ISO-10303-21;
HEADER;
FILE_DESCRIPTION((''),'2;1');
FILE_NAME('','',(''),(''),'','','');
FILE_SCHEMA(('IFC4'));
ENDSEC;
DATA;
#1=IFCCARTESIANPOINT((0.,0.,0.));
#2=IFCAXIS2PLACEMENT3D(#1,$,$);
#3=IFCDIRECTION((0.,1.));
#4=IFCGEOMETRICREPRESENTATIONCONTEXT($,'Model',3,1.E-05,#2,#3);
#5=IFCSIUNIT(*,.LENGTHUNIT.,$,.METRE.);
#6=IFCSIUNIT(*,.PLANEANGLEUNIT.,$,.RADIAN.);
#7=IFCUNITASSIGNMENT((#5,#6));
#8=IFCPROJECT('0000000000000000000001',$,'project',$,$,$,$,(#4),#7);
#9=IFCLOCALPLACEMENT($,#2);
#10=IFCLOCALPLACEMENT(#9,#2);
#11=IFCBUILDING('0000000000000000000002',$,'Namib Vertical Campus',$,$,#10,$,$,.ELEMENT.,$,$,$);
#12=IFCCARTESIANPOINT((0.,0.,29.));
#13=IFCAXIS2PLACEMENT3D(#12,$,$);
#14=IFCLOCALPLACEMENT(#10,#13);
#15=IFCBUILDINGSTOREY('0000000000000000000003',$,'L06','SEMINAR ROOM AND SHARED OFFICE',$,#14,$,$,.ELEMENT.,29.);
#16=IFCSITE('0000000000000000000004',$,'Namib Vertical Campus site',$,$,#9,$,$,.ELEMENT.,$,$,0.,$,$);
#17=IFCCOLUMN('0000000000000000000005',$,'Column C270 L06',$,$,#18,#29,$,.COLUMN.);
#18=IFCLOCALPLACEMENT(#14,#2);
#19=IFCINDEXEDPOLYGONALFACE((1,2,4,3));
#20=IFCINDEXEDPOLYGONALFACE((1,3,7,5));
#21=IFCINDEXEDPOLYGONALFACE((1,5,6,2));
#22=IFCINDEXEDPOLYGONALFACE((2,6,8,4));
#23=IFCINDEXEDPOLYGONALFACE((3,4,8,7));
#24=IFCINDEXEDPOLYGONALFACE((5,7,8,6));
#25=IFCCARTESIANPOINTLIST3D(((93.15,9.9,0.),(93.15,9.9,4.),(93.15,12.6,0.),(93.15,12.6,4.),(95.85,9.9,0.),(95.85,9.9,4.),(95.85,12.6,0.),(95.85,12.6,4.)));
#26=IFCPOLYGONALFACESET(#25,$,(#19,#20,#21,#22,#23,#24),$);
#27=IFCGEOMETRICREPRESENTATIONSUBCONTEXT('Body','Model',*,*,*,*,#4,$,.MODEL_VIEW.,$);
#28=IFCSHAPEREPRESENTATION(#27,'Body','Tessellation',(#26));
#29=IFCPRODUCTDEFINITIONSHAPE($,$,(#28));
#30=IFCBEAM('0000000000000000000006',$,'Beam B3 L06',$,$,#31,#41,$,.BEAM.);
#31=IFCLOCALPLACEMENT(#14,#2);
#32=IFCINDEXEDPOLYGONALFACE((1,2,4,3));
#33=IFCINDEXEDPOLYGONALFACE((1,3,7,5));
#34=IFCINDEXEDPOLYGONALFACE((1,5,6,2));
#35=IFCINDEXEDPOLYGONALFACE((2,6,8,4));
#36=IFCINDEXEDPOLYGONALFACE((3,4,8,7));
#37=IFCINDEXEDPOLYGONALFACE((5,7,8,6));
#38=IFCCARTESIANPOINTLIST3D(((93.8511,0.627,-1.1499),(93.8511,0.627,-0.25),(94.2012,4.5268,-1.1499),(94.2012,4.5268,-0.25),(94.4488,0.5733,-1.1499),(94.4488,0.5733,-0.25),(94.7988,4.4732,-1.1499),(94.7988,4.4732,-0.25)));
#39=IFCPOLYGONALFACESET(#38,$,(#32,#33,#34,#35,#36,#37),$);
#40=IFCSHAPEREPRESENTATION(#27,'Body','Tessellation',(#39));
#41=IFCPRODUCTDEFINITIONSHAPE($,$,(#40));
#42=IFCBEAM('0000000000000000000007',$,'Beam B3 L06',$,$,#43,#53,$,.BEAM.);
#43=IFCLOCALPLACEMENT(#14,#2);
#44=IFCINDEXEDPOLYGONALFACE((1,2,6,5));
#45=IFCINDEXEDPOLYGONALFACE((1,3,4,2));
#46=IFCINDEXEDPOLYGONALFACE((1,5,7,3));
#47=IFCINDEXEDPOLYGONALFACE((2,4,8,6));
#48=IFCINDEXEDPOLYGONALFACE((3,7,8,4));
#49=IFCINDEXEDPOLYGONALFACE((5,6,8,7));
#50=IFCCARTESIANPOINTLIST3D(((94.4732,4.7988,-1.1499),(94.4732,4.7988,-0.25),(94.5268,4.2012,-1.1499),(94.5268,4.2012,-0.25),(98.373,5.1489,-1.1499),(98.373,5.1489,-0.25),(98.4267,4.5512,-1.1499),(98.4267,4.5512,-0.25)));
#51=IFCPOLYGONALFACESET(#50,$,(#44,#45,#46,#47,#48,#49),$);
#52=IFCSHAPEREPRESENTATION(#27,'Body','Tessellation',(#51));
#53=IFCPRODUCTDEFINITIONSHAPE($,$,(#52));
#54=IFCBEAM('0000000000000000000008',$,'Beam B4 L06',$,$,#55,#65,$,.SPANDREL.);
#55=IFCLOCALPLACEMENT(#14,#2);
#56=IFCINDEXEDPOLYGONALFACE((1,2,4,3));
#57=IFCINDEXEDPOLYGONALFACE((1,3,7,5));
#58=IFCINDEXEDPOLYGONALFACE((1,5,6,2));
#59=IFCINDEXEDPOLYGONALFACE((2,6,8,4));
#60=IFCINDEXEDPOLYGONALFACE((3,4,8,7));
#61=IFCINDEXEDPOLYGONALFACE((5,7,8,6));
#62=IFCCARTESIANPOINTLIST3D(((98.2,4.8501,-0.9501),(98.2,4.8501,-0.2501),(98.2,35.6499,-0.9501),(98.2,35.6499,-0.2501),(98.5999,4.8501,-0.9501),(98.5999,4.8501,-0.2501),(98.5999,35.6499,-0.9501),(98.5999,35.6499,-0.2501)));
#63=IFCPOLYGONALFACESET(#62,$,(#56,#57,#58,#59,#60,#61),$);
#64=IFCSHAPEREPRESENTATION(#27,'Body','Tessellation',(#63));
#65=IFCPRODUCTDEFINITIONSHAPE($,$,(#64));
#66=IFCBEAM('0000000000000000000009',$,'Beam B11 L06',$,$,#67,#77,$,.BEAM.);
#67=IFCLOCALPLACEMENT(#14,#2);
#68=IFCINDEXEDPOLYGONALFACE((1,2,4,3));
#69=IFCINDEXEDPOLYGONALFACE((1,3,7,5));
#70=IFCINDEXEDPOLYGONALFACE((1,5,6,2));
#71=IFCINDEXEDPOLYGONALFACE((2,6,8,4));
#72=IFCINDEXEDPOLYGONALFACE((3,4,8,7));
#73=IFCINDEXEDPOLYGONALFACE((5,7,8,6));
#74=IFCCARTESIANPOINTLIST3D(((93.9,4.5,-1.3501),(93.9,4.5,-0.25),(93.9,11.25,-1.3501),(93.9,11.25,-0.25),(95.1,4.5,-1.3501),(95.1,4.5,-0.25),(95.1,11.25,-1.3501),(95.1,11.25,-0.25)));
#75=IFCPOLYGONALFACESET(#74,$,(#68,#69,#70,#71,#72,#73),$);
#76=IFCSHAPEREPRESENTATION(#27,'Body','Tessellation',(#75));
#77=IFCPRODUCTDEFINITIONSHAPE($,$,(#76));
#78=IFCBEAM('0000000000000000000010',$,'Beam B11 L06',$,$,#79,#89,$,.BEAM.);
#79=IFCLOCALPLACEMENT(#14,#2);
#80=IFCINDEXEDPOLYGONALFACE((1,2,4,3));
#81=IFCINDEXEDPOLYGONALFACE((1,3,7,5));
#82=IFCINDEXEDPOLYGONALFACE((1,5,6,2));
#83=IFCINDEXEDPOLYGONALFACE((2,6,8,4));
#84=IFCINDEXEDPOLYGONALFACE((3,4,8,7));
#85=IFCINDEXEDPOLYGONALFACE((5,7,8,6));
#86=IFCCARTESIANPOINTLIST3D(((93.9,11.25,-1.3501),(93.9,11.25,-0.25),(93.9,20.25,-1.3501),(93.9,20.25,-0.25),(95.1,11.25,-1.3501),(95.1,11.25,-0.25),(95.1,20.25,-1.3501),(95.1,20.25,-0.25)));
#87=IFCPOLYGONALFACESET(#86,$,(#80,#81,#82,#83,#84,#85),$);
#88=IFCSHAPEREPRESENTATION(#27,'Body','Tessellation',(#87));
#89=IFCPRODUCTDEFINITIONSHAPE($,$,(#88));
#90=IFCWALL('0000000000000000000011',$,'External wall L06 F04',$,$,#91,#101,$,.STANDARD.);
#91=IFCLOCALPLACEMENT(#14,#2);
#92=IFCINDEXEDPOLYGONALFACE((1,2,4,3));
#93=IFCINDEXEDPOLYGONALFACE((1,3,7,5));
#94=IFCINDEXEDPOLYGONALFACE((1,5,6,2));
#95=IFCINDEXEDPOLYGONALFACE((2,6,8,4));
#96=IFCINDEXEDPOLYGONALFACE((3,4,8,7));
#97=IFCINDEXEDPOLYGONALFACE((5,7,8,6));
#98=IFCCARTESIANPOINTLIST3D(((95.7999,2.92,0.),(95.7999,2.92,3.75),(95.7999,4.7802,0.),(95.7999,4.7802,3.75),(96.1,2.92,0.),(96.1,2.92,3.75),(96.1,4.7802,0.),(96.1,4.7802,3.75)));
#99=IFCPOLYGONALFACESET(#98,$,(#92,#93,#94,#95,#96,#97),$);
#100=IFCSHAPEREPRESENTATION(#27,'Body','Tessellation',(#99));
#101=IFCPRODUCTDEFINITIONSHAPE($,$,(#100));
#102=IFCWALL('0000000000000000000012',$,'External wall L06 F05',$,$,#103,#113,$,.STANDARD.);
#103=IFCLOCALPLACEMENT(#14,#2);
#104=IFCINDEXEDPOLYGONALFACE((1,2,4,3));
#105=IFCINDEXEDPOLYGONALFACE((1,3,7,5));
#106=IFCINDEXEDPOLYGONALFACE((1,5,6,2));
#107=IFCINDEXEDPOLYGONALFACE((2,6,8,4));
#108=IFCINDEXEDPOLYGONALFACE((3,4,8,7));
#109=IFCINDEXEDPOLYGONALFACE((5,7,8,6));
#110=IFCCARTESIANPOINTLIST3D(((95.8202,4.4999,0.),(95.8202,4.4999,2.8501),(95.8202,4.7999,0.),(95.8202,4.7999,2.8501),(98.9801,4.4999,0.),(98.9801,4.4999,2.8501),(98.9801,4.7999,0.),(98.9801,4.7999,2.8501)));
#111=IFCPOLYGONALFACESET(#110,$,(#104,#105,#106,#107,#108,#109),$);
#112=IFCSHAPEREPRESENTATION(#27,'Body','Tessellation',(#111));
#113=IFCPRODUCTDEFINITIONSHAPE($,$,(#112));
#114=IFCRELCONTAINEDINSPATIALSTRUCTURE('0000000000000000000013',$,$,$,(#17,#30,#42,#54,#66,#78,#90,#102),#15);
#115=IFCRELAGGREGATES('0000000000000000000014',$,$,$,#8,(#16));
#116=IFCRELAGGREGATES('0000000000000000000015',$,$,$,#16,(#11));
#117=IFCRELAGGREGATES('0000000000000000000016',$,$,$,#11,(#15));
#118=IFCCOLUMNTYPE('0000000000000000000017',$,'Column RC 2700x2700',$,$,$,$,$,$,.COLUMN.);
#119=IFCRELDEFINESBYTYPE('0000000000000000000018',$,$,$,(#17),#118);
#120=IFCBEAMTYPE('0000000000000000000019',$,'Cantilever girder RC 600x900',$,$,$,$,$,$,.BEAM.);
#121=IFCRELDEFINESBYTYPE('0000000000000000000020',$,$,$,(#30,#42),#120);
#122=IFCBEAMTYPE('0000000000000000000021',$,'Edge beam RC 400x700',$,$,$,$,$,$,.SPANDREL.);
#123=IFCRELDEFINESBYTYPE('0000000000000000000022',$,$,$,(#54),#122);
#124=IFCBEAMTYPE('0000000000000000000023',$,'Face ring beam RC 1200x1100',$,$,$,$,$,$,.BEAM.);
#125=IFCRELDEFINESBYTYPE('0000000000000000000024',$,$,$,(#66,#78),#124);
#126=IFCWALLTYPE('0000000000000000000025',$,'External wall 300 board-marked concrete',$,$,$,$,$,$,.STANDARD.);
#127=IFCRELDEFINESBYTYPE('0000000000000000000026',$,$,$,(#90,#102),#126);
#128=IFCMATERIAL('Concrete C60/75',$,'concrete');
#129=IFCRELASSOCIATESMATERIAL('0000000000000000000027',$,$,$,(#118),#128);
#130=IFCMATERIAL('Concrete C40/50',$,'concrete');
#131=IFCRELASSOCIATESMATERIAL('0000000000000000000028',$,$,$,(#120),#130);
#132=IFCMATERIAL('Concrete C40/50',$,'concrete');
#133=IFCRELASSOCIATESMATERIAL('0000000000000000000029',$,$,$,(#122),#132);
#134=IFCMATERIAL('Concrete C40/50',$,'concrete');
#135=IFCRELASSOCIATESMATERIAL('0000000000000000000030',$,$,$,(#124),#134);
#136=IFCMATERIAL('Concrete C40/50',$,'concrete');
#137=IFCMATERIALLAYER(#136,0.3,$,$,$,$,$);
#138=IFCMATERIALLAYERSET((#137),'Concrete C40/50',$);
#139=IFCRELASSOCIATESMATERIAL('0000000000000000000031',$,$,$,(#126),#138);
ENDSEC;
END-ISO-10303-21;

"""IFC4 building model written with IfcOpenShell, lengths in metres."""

from ifc_helpers import new_model, si_unit, direction, frame, frame_2d, origin, origin_2d, place, context, subcontext, project, spatial, rectangle, extrude, material, layer, layer_set, material_profile, profile_set, type_object, element, save


model = new_model("IFC4")

# Units and contexts
model_context = context("Model", 3, precision=1e-05, world=origin(), true_north=direction((0.0, 1.0)))
body_context = subcontext(model_context, "Body", "Model", "MODEL_VIEW")
ifc_project = project(units=[si_unit("LENGTHUNIT", "METRE"), si_unit("PLANEANGLEUNIT", "RADIAN")], contexts=[model_context])

# Site, building, storey
site_placement = place(None, origin())
site = spatial("IfcSite", under=ifc_project, at=site_placement, Name="Namib Vertical Campus site", CompositionType="ELEMENT", RefElevation=0.0)
building_placement = place(site_placement, origin())
building = spatial("IfcBuilding", under=site, at=building_placement, Name="Namib Vertical Campus", CompositionType="ELEMENT")
storey_placement = place(building_placement, frame((0.0, 0.0, 29.0)))
storey = spatial("IfcBuildingStorey", under=building, at=storey_placement, Name="L06", Description="SEMINAR ROOM AND SHARED OFFICE", CompositionType="ELEMENT", Elevation=29.0)

# Column
ifc_material_1 = material(Name="Concrete C60/75", Category="concrete")
ifc_material_profile_1 = material_profile(ifc_material_1, rectangle(XDim=2.7, YDim=2.7, at=origin_2d()))
ifc_profile_set_1 = profile_set([ifc_material_profile_1], Name="Concrete C60/75")
column_type = type_object("IfcColumnType", Name="Column RC 2700x2700", PredefinedType="COLUMN", material=ifc_profile_set_1)
column_placement = place(storey_placement, frame((94.5, 11.25, 0.0), z_axis=(0.0, 0.0, 1.0), x_axis=(1.0, 0.0, 0.0)))
element("IfcColumn", 1, at=column_placement, inside=storey, type_object=column_type, Name="Column C270 L06", PredefinedType="COLUMN", context=body_context, shape_type="SweptSolid", body=[
    extrude(rectangle(XDim=2.7, YDim=2.7, at=origin_2d()), origin(), (0.0, 0.0, 1.0), 4.0),
])

# Beams
ifc_material_2 = material(Name="Concrete C40/50", Category="concrete")
ifc_material_profile_2 = material_profile(ifc_material_2, rectangle(XDim=0.6001, YDim=0.8999, at=origin_2d()))
ifc_profile_set_2 = profile_set([ifc_material_profile_2], Name="Concrete C40/50")
beam_type_1 = type_object("IfcBeamType", Name="Cantilever girder RC 600x900", PredefinedType="BEAM", material=ifc_profile_set_2)
for number, where, z_axis, x_axis, name in (
    (2, (94.5, 4.5, -0.7), (-0.089411, -0.995995, 0.0), (0.995995, -0.089411, 0.0), "Beam B3 L06"),
    (3, (94.5, 4.5, -0.7), (0.995995, 0.089411, 0.0), (-0.089411, 0.995995, 0.0), "Beam B3 L06"),
):
    element("IfcBeam", number, at=place(storey_placement, frame(where, z_axis=z_axis, x_axis=x_axis)), inside=storey, type_object=beam_type_1, Name=name, PredefinedType="BEAM", context=body_context, shape_type="SweptSolid", body=[
        extrude(rectangle(XDim=0.6001, YDim=0.8999, at=origin_2d()), origin(), (0.0, 0.0, 1.0), 3.9155),
    ])
ifc_material_3 = material(Name="Concrete C40/50", Category="concrete")
ifc_material_profile_3 = material_profile(ifc_material_3, rectangle(XDim=0.3999, YDim=0.7, at=origin_2d()))
ifc_profile_set_3 = profile_set([ifc_material_profile_3], Name="Concrete C40/50")
beam_type_2 = type_object("IfcBeamType", Name="Edge beam RC 400x700", PredefinedType="SPANDREL", material=ifc_profile_set_3)
beam_1_placement = place(storey_placement, frame((98.3999, 4.8501, -0.6001), z_axis=(0.0, 1.0, 0.0), x_axis=(-1.0, 0.0, 0.0)))
element("IfcBeam", 4, at=beam_1_placement, inside=storey, type_object=beam_type_2, Name="Beam B4 L06", PredefinedType="SPANDREL", context=body_context, shape_type="SweptSolid", body=[
    extrude(rectangle(XDim=0.3999, YDim=0.7, at=origin_2d()), origin(), (0.0, 0.0, 1.0), 30.7998),
])
ifc_material_4 = material(Name="Concrete C40/50", Category="concrete")
ifc_material_profile_4 = material_profile(ifc_material_4, rectangle(XDim=1.2, YDim=1.1001, at=origin_2d()))
ifc_profile_set_4 = profile_set([ifc_material_profile_4], Name="Concrete C40/50")
beam_type_3 = type_object("IfcBeamType", Name="Face ring beam RC 1200x1100", PredefinedType="BEAM", material=ifc_profile_set_4)
beam_2_placement = place(storey_placement, frame((94.5, 4.5, -0.8), z_axis=(0.0, 1.0, 0.0), x_axis=(-1.0, 0.0, 0.0)))
element("IfcBeam", 5, at=beam_2_placement, inside=storey, type_object=beam_type_3, Name="Beam B11 L06", PredefinedType="BEAM", context=body_context, shape_type="SweptSolid", body=[
    extrude(rectangle(XDim=1.2, YDim=1.1001, at=origin_2d()), origin(), (0.0, 0.0, 1.0), 6.75),
])
beam_3_placement = place(storey_placement, frame((94.5, 11.25, -0.8), z_axis=(0.0, 1.0, 0.0), x_axis=(-1.0, 0.0, 0.0)))
element("IfcBeam", 6, at=beam_3_placement, inside=storey, type_object=beam_type_3, Name="Beam B11 L06", PredefinedType="BEAM", context=body_context, shape_type="SweptSolid", body=[
    extrude(rectangle(XDim=1.2, YDim=1.1001, at=origin_2d()), origin(), (0.0, 0.0, 1.0), 9.0),
])

# Walls
ifc_material_5 = material(Name="Concrete C40/50", Category="concrete")
ifc_layer_1 = layer(ifc_material_5, 0.3)
ifc_layer_set_1 = layer_set([ifc_layer_1], Name="Concrete C40/50")
wall_type = type_object("IfcWallType", Name="External wall 300 board-marked concrete", PredefinedType="STANDARD", material=ifc_layer_set_1)
wall_1_placement = place(storey_placement, frame((95.95, 2.9199, 0.0), z_axis=(0.0, 0.0, 1.0), x_axis=(0.0, 1.0, 0.0)))
element("IfcWall", 7, at=wall_1_placement, inside=storey, type_object=wall_type, Name="External wall L06 F04", PredefinedType="STANDARD", context=body_context, shape_type="SweptSolid", body=[
    extrude(rectangle(XDim=1.8601, YDim=0.3, at=frame_2d((0.9302, 0.0))), origin(), (0.0, 0.0, 1.0), 3.75),
])
wall_2_placement = place(storey_placement, frame((95.8201, 4.6499, 0.0), z_axis=(0.0, 0.0, 1.0), x_axis=(1.0, 0.0, 0.0)))
element("IfcWall", 8, at=wall_2_placement, inside=storey, type_object=wall_type, Name="External wall L06 F05", PredefinedType="STANDARD", context=body_context, shape_type="SweptSolid", body=[
    extrude(rectangle(XDim=3.1599, YDim=0.3, at=frame_2d((1.5801, 0.0))), origin(), (0.0, 0.0, 1.0), 2.8501),
])

save(model, "model.ifc")
